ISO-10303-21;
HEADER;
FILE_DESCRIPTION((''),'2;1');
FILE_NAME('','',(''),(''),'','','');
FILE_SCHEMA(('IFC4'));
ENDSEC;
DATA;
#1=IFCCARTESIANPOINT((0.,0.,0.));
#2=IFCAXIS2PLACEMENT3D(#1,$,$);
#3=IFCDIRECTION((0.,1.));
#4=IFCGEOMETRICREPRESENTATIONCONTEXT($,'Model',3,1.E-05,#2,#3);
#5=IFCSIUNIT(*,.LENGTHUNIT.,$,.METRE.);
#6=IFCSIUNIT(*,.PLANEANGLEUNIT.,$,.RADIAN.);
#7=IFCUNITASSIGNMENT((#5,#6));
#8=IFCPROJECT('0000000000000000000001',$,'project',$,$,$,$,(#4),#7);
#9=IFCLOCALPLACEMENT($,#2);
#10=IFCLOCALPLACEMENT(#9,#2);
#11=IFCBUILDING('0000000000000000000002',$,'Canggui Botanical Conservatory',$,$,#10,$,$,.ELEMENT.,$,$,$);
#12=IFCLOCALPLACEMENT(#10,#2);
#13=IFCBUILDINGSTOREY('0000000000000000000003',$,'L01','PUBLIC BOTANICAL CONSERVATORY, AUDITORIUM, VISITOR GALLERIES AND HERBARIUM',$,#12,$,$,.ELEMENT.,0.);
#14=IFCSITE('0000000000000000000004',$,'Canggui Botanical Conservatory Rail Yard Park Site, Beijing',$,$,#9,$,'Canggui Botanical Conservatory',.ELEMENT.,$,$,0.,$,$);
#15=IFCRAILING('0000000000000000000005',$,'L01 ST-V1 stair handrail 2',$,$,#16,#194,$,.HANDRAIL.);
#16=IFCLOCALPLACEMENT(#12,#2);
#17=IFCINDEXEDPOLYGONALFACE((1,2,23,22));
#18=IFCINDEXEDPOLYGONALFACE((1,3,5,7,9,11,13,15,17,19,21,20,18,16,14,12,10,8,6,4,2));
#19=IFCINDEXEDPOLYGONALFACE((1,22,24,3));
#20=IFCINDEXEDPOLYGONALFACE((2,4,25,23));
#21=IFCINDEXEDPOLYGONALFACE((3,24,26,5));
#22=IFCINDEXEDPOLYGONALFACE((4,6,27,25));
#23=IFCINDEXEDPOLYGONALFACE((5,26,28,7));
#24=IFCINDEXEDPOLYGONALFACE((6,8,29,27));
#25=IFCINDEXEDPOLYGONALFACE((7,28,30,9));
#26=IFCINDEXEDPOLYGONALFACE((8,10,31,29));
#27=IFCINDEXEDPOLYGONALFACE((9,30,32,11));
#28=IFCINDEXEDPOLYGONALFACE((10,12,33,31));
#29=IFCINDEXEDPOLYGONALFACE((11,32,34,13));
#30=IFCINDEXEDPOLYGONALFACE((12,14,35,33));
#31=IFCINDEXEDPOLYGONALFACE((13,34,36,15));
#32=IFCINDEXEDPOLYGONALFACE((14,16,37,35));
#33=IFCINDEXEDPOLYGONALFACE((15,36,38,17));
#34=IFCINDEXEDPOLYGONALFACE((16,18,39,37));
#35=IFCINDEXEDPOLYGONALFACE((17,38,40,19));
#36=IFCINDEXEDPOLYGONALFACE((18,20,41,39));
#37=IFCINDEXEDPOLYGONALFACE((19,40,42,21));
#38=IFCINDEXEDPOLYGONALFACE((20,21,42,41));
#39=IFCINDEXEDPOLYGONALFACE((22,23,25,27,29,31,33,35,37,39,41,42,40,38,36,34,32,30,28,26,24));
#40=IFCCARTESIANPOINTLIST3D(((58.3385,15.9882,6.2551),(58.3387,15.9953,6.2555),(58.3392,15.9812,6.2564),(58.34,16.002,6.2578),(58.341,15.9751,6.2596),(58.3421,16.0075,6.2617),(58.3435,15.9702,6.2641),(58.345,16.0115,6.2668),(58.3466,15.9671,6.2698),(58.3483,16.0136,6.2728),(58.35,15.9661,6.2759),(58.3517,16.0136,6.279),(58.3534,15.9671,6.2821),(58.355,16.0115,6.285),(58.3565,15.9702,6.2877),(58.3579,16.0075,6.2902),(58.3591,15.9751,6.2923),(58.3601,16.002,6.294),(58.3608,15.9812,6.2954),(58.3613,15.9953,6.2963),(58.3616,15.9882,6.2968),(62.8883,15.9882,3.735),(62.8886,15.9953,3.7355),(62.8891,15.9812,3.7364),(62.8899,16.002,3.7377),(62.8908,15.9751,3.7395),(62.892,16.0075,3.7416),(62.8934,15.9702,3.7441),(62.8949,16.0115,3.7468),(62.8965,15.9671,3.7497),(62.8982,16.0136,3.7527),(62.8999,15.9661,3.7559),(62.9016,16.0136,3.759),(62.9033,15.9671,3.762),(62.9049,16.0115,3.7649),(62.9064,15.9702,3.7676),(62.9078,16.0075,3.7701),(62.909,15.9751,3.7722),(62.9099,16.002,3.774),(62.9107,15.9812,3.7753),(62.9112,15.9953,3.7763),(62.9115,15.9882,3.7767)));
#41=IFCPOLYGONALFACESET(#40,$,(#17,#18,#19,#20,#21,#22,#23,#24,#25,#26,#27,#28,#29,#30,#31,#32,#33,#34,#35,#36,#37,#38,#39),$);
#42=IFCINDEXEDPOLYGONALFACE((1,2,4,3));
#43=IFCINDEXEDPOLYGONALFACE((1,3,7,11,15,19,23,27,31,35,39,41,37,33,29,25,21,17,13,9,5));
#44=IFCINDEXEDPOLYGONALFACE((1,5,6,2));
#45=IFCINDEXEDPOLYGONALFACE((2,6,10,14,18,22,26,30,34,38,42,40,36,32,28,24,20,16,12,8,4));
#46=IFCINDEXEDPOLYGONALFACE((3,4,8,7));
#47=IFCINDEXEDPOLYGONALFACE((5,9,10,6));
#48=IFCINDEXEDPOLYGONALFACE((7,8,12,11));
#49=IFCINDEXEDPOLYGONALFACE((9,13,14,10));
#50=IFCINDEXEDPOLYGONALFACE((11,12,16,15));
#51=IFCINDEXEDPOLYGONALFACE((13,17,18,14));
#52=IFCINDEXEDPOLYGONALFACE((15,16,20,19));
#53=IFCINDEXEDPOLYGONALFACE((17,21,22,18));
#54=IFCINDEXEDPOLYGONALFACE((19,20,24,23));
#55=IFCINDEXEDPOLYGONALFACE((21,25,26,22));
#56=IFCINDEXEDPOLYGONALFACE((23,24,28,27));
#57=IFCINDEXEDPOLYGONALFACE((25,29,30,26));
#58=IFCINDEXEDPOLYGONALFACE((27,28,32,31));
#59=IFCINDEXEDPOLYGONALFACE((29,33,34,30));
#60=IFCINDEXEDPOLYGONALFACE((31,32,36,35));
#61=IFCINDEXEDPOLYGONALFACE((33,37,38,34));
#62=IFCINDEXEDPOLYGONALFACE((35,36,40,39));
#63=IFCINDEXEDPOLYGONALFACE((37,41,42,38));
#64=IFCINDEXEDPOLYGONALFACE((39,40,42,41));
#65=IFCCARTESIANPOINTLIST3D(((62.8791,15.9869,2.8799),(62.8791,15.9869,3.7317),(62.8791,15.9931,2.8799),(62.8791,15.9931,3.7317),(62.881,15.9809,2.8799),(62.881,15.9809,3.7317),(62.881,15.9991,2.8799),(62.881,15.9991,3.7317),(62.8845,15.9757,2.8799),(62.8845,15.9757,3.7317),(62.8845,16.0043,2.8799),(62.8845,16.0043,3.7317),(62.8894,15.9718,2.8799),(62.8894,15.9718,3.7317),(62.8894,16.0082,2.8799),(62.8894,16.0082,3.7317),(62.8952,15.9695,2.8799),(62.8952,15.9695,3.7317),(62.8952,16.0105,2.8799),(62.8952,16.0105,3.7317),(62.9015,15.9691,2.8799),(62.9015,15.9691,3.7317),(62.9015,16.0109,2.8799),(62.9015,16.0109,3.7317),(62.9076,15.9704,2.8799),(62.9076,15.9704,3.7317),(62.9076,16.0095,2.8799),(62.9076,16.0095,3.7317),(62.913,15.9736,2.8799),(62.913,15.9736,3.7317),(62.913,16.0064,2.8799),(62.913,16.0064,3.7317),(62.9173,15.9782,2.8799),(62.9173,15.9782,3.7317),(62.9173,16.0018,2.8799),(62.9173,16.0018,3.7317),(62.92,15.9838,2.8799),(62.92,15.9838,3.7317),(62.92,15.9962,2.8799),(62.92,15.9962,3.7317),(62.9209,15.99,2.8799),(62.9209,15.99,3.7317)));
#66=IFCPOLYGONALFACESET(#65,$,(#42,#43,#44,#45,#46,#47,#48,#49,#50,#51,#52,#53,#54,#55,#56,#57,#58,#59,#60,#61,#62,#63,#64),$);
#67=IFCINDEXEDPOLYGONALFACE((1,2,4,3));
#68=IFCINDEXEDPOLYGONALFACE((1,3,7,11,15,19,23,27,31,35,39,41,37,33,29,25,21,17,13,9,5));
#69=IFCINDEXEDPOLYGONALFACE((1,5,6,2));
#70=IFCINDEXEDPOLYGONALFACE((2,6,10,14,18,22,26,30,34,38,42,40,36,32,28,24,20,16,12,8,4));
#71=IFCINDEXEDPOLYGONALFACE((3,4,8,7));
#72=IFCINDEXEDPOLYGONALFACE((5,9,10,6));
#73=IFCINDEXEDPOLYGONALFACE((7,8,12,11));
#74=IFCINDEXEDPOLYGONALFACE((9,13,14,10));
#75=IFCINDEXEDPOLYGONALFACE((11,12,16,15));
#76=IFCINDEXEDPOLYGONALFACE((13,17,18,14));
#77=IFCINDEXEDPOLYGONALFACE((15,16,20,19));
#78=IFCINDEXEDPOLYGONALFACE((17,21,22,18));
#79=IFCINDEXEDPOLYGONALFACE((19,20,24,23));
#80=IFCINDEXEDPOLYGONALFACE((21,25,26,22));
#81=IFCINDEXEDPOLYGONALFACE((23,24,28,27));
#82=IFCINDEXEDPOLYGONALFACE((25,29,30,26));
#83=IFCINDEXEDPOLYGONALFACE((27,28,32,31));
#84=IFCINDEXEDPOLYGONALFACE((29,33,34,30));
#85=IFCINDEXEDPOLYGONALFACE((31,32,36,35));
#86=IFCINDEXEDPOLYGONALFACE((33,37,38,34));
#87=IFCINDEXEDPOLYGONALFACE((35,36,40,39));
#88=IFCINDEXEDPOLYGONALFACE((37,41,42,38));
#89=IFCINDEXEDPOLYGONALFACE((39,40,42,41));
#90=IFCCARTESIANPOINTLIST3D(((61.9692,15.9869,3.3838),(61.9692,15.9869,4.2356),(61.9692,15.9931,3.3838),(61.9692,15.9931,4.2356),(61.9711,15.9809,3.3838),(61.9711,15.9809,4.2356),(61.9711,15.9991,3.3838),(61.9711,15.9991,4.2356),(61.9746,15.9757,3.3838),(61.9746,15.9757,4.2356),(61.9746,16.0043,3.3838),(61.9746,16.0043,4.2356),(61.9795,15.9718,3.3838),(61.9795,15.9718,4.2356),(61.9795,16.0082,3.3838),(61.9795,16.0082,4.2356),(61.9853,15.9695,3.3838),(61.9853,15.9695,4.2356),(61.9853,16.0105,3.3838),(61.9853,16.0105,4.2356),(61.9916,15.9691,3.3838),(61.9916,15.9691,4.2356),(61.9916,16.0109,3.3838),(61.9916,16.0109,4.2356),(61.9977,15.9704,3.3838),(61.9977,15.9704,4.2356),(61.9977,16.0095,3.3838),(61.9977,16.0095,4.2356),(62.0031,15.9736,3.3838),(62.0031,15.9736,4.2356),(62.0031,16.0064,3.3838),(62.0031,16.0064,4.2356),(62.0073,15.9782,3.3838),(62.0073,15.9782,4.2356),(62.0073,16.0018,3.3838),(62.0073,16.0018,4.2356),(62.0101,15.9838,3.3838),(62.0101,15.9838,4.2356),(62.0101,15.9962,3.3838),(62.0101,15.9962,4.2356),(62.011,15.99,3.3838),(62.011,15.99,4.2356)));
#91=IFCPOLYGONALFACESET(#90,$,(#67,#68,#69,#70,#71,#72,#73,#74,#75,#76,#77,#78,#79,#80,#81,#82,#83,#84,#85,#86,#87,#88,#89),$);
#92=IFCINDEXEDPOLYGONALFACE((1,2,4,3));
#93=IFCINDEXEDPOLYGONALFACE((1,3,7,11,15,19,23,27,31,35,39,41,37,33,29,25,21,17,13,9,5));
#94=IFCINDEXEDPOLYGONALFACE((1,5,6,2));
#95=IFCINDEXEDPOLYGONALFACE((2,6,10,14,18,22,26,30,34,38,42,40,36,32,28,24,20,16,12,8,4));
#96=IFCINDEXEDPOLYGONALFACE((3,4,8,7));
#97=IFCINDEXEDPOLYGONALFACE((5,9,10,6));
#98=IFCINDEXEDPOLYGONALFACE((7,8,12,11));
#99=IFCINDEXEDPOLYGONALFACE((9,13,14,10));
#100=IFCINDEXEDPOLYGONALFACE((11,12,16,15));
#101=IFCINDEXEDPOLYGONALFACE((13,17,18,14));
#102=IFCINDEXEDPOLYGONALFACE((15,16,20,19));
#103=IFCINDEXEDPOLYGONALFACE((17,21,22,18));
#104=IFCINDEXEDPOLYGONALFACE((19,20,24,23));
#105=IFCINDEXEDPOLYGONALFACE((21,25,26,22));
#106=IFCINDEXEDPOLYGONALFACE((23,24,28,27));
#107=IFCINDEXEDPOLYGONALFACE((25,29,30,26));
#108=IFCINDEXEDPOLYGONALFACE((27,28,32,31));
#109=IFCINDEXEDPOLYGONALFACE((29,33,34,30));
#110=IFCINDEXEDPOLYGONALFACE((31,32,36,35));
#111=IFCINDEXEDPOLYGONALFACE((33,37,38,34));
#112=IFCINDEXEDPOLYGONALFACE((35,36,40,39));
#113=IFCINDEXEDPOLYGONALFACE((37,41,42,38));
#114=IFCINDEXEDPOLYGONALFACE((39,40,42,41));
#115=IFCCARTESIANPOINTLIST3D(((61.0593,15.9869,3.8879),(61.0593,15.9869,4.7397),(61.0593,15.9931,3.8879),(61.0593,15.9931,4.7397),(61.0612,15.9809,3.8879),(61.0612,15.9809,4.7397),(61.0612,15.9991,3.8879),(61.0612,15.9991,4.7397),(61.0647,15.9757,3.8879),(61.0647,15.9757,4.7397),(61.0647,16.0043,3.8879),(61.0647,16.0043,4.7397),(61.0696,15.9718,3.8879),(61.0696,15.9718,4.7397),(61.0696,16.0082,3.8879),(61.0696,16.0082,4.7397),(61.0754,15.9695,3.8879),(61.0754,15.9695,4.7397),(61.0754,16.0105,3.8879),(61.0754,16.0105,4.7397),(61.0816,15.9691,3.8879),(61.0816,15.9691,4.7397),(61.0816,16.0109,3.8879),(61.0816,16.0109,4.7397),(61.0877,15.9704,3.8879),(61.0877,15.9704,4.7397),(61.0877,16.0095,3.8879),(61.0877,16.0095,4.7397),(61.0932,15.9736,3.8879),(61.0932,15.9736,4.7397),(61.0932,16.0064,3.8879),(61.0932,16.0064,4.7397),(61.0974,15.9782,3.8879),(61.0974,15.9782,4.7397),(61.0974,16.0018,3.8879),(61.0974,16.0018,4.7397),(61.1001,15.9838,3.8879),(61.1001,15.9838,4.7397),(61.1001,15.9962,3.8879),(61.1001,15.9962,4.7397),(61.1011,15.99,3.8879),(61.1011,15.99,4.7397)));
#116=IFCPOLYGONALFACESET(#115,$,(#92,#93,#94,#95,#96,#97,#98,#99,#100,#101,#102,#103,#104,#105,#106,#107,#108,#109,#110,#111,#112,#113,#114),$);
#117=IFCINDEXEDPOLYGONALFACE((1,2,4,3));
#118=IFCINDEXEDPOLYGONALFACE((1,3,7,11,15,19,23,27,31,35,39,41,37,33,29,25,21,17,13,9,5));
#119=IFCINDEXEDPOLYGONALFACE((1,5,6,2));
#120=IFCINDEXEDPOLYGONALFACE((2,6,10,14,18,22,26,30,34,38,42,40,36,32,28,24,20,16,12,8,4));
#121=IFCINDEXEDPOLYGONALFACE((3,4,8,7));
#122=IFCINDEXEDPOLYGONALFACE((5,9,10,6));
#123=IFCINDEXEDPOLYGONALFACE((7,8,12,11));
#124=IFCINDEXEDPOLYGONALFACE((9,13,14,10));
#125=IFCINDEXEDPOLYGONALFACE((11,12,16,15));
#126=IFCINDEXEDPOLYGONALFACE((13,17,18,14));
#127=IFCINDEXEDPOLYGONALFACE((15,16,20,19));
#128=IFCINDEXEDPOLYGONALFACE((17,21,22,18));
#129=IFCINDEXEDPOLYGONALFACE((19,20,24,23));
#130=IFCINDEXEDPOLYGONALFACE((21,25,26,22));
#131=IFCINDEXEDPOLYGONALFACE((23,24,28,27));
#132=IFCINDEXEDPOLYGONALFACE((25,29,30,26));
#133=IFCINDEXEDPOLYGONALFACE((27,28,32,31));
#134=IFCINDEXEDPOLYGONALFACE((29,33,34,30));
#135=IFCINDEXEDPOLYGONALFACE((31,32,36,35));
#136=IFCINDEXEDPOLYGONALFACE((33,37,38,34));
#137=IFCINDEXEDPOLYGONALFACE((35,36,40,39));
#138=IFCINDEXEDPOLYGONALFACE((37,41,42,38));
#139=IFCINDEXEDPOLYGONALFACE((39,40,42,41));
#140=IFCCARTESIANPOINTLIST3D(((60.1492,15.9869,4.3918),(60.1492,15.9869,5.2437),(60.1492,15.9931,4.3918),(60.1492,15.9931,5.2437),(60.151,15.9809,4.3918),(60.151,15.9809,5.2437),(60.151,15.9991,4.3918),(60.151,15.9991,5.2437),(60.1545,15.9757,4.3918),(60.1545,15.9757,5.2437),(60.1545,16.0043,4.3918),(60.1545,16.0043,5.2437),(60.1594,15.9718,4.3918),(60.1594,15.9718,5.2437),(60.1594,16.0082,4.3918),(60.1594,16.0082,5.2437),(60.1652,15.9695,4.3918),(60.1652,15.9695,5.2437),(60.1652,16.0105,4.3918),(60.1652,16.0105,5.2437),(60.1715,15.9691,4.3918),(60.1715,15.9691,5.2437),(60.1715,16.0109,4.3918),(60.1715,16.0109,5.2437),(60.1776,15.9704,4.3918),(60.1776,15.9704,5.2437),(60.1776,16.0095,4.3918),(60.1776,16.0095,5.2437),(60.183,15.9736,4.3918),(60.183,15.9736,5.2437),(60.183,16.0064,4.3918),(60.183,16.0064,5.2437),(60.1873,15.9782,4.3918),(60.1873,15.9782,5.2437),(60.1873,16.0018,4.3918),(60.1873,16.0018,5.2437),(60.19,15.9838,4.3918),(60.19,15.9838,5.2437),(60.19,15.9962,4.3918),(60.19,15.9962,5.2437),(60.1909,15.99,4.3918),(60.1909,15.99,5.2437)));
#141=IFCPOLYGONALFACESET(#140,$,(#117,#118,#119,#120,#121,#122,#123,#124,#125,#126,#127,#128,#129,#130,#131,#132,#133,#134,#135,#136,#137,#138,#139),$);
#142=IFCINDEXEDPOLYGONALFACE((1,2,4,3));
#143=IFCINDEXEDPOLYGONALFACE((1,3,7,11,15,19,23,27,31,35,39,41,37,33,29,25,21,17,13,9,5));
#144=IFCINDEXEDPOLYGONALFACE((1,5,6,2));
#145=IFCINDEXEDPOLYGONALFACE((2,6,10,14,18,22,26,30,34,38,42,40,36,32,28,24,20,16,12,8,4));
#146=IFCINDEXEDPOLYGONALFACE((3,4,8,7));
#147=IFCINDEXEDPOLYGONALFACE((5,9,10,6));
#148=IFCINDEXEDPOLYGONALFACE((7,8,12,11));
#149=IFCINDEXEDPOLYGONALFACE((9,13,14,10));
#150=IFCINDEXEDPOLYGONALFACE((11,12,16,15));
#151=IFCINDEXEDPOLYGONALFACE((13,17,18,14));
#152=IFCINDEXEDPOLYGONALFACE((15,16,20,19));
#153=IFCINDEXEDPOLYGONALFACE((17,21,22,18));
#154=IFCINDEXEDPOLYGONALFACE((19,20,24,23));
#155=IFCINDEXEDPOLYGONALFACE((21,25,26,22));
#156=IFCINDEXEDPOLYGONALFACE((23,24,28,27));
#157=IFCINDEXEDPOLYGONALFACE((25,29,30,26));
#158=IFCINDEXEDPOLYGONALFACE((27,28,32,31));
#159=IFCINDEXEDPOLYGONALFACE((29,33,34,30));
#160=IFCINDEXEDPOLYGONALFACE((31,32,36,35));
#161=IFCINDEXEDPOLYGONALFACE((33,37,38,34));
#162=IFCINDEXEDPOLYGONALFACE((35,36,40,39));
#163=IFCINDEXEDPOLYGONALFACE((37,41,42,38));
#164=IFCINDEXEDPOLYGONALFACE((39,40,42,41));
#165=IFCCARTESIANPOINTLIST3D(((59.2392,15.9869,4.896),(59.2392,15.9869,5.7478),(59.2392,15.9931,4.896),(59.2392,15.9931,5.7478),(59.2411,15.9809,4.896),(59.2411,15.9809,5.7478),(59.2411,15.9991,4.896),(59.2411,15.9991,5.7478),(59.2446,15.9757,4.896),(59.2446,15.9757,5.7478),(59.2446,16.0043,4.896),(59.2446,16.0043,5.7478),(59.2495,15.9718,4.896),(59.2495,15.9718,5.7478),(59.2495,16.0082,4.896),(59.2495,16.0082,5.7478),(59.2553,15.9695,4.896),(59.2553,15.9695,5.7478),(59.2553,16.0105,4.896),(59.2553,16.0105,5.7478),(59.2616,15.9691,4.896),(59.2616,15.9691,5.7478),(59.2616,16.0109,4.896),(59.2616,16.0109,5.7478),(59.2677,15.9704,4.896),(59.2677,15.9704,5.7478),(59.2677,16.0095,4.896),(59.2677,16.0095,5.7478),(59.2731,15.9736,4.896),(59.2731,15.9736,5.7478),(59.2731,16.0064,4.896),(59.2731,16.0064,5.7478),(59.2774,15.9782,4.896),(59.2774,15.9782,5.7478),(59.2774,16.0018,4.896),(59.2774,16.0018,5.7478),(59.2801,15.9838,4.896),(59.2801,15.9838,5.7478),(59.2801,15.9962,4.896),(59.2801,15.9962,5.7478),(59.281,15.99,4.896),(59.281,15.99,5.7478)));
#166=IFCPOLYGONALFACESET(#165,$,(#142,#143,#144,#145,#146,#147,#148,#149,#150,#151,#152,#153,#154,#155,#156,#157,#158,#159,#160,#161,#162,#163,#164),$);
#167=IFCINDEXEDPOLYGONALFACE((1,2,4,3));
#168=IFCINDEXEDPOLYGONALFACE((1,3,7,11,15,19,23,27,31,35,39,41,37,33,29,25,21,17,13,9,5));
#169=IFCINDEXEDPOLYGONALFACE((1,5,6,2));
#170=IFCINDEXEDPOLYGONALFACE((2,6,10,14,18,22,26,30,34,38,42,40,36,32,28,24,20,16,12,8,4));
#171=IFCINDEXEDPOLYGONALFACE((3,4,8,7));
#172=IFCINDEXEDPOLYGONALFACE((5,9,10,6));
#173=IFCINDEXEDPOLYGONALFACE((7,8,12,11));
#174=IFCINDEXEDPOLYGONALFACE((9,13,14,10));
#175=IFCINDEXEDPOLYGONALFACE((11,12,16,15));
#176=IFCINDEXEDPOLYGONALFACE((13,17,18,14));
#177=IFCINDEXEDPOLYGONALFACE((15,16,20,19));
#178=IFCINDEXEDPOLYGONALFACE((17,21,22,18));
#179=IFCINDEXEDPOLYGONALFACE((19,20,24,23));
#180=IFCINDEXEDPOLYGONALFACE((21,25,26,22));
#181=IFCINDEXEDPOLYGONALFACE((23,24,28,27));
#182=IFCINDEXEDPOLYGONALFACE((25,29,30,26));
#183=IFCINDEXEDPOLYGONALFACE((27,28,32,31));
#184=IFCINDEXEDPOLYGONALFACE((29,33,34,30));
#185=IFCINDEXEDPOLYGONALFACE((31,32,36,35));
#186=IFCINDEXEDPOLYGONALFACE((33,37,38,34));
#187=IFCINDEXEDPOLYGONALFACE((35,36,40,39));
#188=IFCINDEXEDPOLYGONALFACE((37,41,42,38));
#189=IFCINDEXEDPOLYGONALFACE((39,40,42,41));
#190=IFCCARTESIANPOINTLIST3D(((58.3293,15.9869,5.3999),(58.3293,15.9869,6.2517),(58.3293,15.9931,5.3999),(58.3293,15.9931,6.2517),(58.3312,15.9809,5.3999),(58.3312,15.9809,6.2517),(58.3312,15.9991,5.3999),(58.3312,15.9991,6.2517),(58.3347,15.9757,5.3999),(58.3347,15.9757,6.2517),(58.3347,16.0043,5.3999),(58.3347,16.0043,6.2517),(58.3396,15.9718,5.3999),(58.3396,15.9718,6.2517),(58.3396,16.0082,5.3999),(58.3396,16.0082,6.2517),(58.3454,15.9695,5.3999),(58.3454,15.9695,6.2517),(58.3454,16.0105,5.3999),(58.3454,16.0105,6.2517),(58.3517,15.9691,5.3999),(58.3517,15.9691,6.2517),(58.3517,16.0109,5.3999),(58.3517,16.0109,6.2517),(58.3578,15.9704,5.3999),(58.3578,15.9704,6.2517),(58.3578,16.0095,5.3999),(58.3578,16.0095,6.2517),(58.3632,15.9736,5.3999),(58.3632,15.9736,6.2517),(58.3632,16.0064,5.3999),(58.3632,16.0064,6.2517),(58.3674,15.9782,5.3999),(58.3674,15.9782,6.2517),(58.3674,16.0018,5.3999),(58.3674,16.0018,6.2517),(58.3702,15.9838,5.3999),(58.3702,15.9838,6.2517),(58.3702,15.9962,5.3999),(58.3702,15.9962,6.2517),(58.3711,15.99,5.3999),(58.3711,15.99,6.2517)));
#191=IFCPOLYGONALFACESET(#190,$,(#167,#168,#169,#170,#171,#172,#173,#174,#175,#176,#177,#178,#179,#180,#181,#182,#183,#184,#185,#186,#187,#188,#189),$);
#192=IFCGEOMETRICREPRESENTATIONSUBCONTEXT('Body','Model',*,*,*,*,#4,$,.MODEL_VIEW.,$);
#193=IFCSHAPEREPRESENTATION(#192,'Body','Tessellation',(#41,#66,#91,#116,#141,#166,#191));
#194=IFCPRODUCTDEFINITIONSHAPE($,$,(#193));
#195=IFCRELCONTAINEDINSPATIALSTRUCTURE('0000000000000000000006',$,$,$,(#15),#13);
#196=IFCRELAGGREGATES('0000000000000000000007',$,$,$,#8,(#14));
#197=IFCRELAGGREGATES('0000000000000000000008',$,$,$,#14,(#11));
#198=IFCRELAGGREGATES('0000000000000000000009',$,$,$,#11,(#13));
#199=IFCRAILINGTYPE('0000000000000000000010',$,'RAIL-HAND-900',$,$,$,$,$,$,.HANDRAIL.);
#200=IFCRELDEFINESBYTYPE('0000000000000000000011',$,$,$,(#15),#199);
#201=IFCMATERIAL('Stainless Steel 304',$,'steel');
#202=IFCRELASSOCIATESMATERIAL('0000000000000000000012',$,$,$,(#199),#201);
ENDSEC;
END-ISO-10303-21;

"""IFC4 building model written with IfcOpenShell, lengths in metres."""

from ifc_helpers import new_model, si_unit, direction, frame, origin, origin_2d, place, context, subcontext, project, spatial, circle, extrude, material, type_object, element, save


model = new_model("IFC4")

# Units and contexts
model_context = context("Model", 3, precision=1e-05, world=origin(), true_north=direction((0.0, 1.0)))
body_context = subcontext(model_context, "Body", "Model", "MODEL_VIEW")
ifc_project = project(units=[si_unit("LENGTHUNIT", "METRE"), si_unit("PLANEANGLEUNIT", "RADIAN")], contexts=[model_context])

# Site, building, storey
site_placement = place(None, origin())
site = spatial("IfcSite", under=ifc_project, at=site_placement, Name="Canggui Botanical Conservatory Rail Yard Park Site, Beijing", LongName="Canggui Botanical Conservatory", CompositionType="ELEMENT", RefElevation=0.0)
building_placement = place(site_placement, origin())
building = spatial("IfcBuilding", under=site, at=building_placement, Name="Canggui Botanical Conservatory", CompositionType="ELEMENT")
storey_placement = place(building_placement, origin())
storey = spatial("IfcBuildingStorey", under=building, at=storey_placement, Name="L01", Description="PUBLIC BOTANICAL CONSERVATORY, AUDITORIUM, VISITOR GALLERIES AND HERBARIUM", CompositionType="ELEMENT", Elevation=0.0)

# Railing
ifc_material_1 = material(Name="Stainless Steel 304", Category="steel")
railing_type_1 = type_object("IfcRailingType", Name="RAIL-HAND-900", PredefinedType="HANDRAIL", material=ifc_material_1)
railing_1_placement = place(storey_placement, frame((62.8999, 15.99, 2.8799)))
element("IfcRailing", 1, at=railing_1_placement, inside=storey, type_object=railing_type_1, Name="L01 ST-V1 stair handrail 2", PredefinedType="HANDRAIL", context=body_context, shape_type="SweptSolid", body=[
    extrude(circle(Radius=0.0239, at=origin_2d()), frame((0.0, 0.0, 0.876), z_axis=(-0.874781, 0.0, 0.484519), x_axis=(0.0, -1.0, 0.0)), (0.0, 0.0, 1.0), 5.2012),
    extrude(circle(Radius=0.021, at=origin_2d()), origin(), (0.0, 0.0, 1.0), 0.8518),
    extrude(circle(Radius=0.021, at=origin_2d()), frame((-0.9099, 0.0, 0.5039)), (0.0, 0.0, 1.0), 0.8518),
    extrude(circle(Radius=0.021, at=origin_2d()), frame((-1.8198, 0.0, 1.0081)), (0.0, 0.0, 1.0), 0.8518),
    extrude(circle(Radius=0.021, at=origin_2d()), frame((-2.73, 0.0, 1.512)), (0.0, 0.0, 1.0), 0.8518),
    extrude(circle(Radius=0.021, at=origin_2d()), frame((-3.6399, 0.0, 2.0161)), (0.0, 0.0, 1.0), 0.8518),
    extrude(circle(Radius=0.021, at=origin_2d()), frame((-4.5498, 0.0, 2.52)), (0.0, 0.0, 1.0), 0.8518),
])

save(model, "model.ifc")
